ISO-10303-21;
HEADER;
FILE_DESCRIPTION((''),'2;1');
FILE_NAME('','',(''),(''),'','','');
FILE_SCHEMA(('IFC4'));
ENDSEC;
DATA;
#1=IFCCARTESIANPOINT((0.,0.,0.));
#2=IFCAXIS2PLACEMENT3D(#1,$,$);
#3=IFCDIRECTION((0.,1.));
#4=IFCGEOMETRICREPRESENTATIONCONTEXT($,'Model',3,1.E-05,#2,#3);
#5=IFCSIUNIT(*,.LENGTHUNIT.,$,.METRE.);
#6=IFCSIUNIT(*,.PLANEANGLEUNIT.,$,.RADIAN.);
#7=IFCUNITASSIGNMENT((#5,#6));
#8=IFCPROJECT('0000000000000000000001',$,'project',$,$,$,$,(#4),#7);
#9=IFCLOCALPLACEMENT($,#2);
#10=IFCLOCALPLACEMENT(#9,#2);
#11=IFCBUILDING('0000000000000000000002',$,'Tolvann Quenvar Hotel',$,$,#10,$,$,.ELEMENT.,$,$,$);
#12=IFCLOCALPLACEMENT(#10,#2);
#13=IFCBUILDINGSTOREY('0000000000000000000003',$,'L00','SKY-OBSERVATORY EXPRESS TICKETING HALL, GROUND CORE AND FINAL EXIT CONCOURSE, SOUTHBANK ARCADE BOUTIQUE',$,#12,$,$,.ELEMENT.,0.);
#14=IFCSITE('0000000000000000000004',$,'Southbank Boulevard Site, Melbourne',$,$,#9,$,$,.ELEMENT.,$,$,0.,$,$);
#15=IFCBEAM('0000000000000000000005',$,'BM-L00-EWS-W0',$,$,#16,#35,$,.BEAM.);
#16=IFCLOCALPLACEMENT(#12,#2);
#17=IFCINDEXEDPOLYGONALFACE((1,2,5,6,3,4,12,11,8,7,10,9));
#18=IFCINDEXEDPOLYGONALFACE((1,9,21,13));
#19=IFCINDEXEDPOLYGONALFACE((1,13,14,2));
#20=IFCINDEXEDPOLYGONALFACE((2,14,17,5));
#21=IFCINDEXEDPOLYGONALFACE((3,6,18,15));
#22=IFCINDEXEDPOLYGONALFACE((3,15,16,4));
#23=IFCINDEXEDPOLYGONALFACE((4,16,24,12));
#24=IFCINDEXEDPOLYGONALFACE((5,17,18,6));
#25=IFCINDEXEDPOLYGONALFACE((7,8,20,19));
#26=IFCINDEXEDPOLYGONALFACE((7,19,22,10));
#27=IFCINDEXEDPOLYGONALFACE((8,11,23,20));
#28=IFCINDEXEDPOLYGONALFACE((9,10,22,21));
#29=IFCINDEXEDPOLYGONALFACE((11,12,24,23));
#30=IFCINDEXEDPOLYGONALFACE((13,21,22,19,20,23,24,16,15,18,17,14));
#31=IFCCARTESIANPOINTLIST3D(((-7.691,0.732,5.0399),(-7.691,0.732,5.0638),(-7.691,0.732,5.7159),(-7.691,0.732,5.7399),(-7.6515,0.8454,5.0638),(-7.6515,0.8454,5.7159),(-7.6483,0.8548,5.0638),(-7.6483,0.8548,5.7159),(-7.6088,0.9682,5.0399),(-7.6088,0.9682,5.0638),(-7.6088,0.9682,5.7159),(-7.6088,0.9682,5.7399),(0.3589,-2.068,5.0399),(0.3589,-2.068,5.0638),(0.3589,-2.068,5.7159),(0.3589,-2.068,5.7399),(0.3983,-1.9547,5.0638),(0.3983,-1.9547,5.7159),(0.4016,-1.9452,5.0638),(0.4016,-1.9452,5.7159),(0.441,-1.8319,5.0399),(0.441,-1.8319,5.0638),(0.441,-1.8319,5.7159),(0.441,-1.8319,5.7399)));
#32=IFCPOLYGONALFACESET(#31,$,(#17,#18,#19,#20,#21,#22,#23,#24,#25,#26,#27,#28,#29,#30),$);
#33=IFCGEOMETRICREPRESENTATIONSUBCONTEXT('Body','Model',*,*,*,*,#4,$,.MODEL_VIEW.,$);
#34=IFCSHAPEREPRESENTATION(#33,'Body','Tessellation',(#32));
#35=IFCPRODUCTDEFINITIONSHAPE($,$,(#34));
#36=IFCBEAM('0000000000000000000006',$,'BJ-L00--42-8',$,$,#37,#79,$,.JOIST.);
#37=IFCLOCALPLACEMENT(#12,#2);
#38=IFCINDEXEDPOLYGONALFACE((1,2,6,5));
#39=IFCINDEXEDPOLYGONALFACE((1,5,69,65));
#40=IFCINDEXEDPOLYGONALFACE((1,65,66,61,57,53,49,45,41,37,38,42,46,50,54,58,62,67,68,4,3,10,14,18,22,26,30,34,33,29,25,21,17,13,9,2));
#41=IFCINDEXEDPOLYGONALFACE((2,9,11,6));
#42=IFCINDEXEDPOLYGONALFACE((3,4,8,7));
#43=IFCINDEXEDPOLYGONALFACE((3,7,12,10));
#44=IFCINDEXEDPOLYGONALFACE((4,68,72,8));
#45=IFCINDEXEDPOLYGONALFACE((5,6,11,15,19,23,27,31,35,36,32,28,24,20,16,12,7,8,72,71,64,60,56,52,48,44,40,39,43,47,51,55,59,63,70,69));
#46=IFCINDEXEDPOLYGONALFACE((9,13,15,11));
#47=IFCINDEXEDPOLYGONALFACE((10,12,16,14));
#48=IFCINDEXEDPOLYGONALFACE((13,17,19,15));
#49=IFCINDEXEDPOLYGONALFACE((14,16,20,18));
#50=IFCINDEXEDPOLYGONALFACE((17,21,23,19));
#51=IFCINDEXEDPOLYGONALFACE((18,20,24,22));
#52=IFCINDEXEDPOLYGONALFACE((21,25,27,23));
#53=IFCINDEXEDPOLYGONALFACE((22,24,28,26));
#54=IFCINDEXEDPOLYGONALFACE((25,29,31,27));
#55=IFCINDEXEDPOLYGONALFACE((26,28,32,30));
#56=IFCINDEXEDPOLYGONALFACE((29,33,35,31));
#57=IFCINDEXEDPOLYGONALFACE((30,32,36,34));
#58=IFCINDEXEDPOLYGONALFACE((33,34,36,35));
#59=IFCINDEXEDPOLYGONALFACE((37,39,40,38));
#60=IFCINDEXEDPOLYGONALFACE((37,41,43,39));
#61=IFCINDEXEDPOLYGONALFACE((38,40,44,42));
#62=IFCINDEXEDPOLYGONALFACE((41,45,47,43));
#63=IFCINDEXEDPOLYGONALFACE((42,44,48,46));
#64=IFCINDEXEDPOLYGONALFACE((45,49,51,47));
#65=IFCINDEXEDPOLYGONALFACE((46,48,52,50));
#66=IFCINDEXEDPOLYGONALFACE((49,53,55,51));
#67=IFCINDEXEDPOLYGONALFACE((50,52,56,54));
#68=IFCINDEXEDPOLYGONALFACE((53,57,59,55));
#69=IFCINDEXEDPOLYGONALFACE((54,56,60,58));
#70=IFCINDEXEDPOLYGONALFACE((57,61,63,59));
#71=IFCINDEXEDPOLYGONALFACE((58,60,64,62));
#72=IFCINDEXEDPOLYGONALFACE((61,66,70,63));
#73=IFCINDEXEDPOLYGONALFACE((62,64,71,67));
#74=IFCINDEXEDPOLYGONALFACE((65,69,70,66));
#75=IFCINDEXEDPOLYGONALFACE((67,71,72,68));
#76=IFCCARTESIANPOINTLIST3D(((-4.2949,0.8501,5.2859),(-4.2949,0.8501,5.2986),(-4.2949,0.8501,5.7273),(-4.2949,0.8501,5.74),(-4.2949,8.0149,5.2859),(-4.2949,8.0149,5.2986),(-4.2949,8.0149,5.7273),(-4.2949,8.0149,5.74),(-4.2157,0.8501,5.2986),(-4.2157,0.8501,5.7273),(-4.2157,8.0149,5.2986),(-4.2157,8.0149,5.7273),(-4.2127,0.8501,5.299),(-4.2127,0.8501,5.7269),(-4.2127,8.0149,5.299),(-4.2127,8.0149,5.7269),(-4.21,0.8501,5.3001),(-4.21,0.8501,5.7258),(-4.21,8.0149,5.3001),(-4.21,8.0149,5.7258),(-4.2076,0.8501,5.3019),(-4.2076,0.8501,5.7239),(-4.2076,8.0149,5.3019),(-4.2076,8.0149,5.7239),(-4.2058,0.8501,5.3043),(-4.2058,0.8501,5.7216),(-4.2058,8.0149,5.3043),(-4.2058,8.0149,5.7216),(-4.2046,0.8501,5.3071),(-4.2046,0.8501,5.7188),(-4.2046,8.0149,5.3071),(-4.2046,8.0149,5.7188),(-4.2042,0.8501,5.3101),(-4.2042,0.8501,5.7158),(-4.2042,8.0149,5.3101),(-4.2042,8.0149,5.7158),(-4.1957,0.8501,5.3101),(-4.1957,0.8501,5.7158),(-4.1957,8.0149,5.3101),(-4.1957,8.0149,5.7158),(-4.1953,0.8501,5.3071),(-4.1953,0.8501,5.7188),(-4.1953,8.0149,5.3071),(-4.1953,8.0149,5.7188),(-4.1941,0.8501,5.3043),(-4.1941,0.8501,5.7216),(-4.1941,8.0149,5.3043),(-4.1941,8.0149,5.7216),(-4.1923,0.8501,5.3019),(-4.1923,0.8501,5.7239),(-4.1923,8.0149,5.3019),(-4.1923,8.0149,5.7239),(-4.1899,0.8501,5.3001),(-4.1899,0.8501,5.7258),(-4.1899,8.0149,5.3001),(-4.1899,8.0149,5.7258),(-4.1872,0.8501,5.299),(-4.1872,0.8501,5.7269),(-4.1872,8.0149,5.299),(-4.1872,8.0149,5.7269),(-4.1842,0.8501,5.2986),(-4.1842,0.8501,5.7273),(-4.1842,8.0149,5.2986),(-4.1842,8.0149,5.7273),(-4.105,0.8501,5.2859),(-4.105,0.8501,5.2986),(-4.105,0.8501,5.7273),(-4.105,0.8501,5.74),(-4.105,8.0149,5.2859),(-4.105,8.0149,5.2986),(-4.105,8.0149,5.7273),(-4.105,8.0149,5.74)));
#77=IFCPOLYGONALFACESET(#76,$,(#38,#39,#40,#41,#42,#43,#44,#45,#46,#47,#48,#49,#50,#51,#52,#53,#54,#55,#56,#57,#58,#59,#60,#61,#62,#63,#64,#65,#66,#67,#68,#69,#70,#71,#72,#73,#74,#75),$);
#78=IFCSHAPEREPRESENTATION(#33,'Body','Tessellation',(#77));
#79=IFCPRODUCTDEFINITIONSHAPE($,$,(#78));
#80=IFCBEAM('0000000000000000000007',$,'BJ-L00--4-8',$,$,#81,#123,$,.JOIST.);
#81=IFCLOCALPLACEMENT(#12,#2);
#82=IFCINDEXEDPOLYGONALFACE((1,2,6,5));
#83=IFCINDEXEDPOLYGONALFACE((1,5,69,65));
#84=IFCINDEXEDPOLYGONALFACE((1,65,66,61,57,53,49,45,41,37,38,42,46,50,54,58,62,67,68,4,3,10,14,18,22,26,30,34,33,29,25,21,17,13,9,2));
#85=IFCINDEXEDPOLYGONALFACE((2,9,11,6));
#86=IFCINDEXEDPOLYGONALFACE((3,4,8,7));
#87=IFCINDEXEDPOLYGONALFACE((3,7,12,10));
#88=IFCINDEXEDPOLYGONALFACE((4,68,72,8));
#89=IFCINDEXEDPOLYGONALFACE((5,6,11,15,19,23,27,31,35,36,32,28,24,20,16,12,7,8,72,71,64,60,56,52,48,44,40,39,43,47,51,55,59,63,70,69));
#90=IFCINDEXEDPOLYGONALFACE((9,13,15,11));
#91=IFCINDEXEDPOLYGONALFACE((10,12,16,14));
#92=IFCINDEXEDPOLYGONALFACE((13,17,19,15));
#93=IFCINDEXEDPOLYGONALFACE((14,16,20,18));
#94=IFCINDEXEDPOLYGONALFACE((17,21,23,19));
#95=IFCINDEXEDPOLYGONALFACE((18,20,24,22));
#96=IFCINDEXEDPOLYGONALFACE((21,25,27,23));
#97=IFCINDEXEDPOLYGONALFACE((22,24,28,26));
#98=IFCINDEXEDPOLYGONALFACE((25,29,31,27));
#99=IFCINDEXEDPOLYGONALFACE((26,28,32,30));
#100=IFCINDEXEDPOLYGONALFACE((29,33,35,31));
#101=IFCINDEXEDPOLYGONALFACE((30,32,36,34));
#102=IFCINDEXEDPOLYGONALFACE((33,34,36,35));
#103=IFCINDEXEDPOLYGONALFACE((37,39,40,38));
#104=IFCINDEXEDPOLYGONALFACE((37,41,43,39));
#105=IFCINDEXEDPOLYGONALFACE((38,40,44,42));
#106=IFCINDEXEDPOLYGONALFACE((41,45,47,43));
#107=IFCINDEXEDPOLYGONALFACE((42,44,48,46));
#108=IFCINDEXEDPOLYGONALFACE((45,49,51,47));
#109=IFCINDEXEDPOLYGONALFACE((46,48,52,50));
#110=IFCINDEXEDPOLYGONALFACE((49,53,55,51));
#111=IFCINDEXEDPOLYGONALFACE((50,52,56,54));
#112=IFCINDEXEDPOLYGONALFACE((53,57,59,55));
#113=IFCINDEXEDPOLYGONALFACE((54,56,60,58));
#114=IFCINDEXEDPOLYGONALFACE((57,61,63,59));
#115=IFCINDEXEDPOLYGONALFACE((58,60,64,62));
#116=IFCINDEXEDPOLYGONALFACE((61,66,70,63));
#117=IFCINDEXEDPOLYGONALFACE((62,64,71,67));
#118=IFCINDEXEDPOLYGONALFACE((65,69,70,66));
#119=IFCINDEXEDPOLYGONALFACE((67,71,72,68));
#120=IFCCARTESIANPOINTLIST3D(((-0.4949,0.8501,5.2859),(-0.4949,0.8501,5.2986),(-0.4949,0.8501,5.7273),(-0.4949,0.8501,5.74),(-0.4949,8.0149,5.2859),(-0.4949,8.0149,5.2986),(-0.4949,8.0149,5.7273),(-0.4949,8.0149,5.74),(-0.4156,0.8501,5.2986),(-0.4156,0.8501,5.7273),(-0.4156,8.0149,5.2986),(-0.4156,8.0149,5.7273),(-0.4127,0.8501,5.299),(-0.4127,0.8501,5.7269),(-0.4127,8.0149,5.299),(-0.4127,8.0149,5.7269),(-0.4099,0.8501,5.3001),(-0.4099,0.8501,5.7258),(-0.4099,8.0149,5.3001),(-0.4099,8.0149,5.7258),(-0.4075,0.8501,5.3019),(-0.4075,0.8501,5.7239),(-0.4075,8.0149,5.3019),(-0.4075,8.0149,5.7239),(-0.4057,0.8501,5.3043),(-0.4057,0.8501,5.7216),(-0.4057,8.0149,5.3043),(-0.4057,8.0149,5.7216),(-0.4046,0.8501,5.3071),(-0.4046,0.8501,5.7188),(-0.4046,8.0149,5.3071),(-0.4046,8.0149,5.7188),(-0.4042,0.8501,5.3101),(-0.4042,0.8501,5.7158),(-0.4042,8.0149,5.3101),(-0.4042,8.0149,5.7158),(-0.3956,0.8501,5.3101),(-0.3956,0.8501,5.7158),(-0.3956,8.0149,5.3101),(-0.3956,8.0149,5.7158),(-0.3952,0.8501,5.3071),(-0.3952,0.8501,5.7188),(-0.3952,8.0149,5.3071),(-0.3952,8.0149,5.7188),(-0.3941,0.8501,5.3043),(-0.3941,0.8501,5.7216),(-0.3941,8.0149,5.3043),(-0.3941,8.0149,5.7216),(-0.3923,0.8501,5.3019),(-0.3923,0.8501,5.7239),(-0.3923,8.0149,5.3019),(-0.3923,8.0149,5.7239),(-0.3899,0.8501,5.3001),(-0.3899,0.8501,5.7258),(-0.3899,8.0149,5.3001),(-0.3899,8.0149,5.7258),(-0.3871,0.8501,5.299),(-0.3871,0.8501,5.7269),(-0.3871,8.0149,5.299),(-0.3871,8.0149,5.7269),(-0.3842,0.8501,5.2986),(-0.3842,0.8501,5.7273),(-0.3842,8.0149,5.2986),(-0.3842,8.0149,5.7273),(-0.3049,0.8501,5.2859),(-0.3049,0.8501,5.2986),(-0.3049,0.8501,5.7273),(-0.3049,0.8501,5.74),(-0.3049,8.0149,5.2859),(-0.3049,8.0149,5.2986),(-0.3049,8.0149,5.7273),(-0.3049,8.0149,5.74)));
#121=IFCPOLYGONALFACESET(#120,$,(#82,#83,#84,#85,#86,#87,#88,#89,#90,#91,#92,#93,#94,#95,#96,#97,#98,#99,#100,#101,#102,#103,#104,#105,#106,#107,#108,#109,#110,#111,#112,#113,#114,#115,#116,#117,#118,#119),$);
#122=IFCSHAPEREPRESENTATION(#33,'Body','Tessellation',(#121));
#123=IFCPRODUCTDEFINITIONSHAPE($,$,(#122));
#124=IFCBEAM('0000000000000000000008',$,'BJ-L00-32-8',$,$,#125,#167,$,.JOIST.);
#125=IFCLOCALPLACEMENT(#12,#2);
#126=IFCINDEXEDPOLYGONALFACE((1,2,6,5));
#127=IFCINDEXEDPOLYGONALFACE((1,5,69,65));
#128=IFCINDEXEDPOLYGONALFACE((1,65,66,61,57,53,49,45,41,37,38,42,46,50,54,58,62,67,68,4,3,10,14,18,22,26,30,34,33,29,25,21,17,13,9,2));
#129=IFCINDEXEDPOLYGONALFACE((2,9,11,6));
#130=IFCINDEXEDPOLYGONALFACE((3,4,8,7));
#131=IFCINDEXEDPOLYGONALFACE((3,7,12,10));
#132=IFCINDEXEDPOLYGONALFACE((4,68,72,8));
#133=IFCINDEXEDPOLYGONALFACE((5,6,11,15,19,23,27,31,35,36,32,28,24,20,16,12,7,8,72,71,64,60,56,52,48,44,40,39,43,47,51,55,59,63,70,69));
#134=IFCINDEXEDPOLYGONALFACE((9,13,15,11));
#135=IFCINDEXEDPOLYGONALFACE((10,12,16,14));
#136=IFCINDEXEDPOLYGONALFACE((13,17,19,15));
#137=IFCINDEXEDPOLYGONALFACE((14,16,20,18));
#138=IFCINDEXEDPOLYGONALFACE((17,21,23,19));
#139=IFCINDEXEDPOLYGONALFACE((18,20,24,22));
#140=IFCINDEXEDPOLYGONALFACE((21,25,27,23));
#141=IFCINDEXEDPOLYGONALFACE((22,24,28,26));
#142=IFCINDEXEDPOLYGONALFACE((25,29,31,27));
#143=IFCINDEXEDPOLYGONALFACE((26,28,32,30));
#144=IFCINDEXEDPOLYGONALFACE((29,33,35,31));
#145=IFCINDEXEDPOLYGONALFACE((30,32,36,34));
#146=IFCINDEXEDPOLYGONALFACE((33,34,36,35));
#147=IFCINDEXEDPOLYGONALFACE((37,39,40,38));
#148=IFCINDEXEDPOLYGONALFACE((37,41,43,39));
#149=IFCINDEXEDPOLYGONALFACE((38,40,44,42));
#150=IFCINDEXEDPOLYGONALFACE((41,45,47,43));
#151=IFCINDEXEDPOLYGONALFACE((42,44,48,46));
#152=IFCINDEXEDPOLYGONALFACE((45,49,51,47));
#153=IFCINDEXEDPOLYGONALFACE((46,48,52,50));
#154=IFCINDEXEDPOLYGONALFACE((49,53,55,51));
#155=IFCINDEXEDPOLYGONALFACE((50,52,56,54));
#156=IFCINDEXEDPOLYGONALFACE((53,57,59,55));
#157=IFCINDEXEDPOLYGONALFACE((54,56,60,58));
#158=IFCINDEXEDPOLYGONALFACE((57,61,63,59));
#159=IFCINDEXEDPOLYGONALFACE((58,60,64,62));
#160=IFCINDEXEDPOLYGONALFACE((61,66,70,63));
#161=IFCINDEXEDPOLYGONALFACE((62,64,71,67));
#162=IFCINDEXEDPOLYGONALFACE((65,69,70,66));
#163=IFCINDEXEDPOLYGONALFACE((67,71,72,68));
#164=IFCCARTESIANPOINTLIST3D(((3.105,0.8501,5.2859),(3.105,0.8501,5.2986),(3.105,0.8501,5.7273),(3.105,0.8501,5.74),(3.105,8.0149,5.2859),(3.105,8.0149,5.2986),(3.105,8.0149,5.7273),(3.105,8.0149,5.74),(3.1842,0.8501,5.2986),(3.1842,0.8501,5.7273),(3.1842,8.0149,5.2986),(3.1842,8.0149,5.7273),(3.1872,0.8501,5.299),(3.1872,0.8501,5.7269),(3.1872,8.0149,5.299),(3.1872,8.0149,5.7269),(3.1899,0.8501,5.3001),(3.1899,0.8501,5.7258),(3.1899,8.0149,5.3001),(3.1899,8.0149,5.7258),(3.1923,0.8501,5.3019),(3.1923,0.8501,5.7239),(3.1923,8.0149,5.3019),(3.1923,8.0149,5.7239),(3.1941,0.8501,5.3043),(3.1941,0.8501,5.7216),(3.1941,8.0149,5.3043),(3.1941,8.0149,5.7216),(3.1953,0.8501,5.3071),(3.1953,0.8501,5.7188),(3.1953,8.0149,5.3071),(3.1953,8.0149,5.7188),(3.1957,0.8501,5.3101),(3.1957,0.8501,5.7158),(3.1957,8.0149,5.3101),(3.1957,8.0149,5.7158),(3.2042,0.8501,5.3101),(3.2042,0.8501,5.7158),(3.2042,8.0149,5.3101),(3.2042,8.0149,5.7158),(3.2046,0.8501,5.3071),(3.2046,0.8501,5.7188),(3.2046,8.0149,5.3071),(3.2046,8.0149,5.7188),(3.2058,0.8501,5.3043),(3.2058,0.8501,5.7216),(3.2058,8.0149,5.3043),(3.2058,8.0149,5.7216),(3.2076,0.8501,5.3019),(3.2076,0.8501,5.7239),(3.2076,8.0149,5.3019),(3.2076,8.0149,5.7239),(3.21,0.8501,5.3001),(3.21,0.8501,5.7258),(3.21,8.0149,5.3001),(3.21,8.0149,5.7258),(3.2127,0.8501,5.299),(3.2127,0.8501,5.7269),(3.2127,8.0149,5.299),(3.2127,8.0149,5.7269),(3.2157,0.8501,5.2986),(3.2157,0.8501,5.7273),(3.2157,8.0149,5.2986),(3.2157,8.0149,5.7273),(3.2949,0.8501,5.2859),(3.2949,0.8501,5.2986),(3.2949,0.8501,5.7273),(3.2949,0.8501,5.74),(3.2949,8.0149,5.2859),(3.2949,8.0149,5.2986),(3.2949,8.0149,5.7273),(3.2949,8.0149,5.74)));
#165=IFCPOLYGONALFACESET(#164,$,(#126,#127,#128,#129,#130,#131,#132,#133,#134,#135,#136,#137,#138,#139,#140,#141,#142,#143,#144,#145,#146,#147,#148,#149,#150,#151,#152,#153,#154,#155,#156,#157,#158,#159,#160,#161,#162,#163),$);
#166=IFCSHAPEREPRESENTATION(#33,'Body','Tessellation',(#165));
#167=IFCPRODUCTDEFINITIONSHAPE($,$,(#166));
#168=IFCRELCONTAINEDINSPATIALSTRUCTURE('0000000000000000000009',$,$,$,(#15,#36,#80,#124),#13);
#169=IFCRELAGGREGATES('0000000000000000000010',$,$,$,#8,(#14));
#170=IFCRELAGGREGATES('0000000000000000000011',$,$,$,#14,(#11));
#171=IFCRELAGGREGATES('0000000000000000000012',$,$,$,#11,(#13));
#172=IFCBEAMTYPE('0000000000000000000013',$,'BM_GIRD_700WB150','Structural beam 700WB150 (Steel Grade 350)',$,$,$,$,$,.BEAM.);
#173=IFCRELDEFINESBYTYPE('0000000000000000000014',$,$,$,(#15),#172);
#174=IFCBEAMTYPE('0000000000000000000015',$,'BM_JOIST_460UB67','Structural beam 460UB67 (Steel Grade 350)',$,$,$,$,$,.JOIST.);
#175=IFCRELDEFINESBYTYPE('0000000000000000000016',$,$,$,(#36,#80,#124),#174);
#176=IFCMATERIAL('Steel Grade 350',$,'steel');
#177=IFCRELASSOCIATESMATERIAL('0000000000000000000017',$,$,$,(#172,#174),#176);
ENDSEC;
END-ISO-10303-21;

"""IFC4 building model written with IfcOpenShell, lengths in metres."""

from ifc_helpers import new_model, si_unit, direction, frame, origin, origin_2d, place, context, subcontext, project, spatial, i_section, extrude, source, transform, mapped, material, material_profile, profile_set, type_object, type_shapes, element, save


model = new_model("IFC4")

# Units and contexts
model_context = context("Model", 3, precision=1e-05, world=origin(), true_north=direction((0.0, 1.0)))
body_context = subcontext(model_context, "Body", "Model", "MODEL_VIEW")
ifc_project = project(units=[si_unit("LENGTHUNIT", "METRE"), si_unit("PLANEANGLEUNIT", "RADIAN")], contexts=[model_context])

# Site, building, storey
site_placement = place(None, origin())
site = spatial("IfcSite", under=ifc_project, at=site_placement, Name="Southbank Boulevard Site, Melbourne", CompositionType="ELEMENT", RefElevation=0.0)
building_placement = place(site_placement, origin())
building = spatial("IfcBuilding", under=site, at=building_placement, Name="Tolvann Quenvar Hotel", CompositionType="ELEMENT")
storey_placement = place(building_placement, origin())
storey = spatial("IfcBuildingStorey", under=building, at=storey_placement, Name="L00", Description="SKY-OBSERVATORY EXPRESS TICKETING HALL, GROUND CORE AND FINAL EXIT CONCOURSE, SOUTHBANK ARCADE BOUTIQUE", CompositionType="ELEMENT", Elevation=0.0)

# Beams
ifc_material_1 = material(Name="Steel Grade 350", Category="steel")
ifc_material_profile_1 = material_profile(ifc_material_1, i_section(OverallWidth=0.25, OverallDepth=0.7, WebThickness=0.01, FlangeThickness=0.0239, at=origin_2d()), Name="700WB150")
ifc_profile_set_1 = profile_set([ifc_material_profile_1], Name="Steel Grade 350")
beam_type_1 = type_object("IfcBeamType", Name="BM_GIRD_700WB150", Description="Structural beam 700WB150 (Steel Grade 350)", PredefinedType="BEAM", material=ifc_profile_set_1)
shared_shape_1 = source(origin(), body_context, "Body", "SweptSolid", [
    extrude(i_section(OverallWidth=0.25, OverallDepth=0.7, WebThickness=0.01, FlangeThickness=0.0239, at=origin_2d()), origin(), (0.0, 0.0, 1.0), 8.5229),
])
type_shapes(beam_type_1, [shared_shape_1])
beam_1_placement = place(storey_placement, frame((-7.6499, 0.8501, 5.3899), z_axis=(0.944493, -0.328533, 0.0), x_axis=(0.328533, 0.944493, 0.0)))
element("IfcBeam", 1, at=beam_1_placement, inside=storey, type_object=beam_type_1, Name="BM-L00-EWS-W0", PredefinedType="BEAM", context=body_context, shape_type="MappedRepresentation", body=[
    mapped(shared_shape_1, transform((0.0, 0.0, 0.0), x_axis=(1.0, 0.0, 0.0), y_axis=(0.0, 1.0, 0.0), z_axis=(0.0, 0.0, 1.0), scale=1.0)),
])
ifc_material_profile_2 = material_profile(ifc_material_1, i_section(OverallWidth=0.1899, OverallDepth=0.4541, WebThickness=0.0085, FlangeThickness=0.0127, FilletRadius=0.0115, at=origin_2d()), Name="460UB67")
ifc_profile_set_2 = profile_set([ifc_material_profile_2], Name="Steel Grade 350")
beam_type_2 = type_object("IfcBeamType", Name="BM_JOIST_460UB67", Description="Structural beam 460UB67 (Steel Grade 350)", PredefinedType="JOIST", material=ifc_profile_set_2)
shared_shape_2 = source(origin(), body_context, "Body", "SweptSolid", [
    extrude(i_section(OverallWidth=0.1899, OverallDepth=0.4541, WebThickness=0.0085, FlangeThickness=0.0127, FilletRadius=0.0115, at=origin_2d()), origin(), (0.0, 0.0, 1.0), 7.1648),
])
for number, where, z_axis, x_axis, name in (
    (2, (-4.2, 0.8501, 5.5129), (0.0, 1.0, 0.0), (-1.0, 0.0, 0.0), "BJ-L00--42-8"),
    (3, (-0.3999, 0.8501, 5.5129), (0.0, 1.0, 0.0), (-1.0, 0.0, 0.0), "BJ-L00--4-8"),
    (4, (3.2, 0.8501, 5.5129), (0.0, 1.0, 0.0), (-1.0, 0.0, 0.0), "BJ-L00-32-8"),
):
    element("IfcBeam", number, at=place(storey_placement, frame(where, z_axis=z_axis, x_axis=x_axis)), inside=storey, type_object=beam_type_2, Name=name, PredefinedType="JOIST", context=body_context, shape_type="MappedRepresentation", body=[
        mapped(shared_shape_2, transform((0.0, 0.0, 0.0), x_axis=(1.0, 0.0, 0.0), y_axis=(0.0, 1.0, 0.0), z_axis=(0.0, 0.0, 1.0), scale=1.0)),
    ])

save(model, "model.ifc")
